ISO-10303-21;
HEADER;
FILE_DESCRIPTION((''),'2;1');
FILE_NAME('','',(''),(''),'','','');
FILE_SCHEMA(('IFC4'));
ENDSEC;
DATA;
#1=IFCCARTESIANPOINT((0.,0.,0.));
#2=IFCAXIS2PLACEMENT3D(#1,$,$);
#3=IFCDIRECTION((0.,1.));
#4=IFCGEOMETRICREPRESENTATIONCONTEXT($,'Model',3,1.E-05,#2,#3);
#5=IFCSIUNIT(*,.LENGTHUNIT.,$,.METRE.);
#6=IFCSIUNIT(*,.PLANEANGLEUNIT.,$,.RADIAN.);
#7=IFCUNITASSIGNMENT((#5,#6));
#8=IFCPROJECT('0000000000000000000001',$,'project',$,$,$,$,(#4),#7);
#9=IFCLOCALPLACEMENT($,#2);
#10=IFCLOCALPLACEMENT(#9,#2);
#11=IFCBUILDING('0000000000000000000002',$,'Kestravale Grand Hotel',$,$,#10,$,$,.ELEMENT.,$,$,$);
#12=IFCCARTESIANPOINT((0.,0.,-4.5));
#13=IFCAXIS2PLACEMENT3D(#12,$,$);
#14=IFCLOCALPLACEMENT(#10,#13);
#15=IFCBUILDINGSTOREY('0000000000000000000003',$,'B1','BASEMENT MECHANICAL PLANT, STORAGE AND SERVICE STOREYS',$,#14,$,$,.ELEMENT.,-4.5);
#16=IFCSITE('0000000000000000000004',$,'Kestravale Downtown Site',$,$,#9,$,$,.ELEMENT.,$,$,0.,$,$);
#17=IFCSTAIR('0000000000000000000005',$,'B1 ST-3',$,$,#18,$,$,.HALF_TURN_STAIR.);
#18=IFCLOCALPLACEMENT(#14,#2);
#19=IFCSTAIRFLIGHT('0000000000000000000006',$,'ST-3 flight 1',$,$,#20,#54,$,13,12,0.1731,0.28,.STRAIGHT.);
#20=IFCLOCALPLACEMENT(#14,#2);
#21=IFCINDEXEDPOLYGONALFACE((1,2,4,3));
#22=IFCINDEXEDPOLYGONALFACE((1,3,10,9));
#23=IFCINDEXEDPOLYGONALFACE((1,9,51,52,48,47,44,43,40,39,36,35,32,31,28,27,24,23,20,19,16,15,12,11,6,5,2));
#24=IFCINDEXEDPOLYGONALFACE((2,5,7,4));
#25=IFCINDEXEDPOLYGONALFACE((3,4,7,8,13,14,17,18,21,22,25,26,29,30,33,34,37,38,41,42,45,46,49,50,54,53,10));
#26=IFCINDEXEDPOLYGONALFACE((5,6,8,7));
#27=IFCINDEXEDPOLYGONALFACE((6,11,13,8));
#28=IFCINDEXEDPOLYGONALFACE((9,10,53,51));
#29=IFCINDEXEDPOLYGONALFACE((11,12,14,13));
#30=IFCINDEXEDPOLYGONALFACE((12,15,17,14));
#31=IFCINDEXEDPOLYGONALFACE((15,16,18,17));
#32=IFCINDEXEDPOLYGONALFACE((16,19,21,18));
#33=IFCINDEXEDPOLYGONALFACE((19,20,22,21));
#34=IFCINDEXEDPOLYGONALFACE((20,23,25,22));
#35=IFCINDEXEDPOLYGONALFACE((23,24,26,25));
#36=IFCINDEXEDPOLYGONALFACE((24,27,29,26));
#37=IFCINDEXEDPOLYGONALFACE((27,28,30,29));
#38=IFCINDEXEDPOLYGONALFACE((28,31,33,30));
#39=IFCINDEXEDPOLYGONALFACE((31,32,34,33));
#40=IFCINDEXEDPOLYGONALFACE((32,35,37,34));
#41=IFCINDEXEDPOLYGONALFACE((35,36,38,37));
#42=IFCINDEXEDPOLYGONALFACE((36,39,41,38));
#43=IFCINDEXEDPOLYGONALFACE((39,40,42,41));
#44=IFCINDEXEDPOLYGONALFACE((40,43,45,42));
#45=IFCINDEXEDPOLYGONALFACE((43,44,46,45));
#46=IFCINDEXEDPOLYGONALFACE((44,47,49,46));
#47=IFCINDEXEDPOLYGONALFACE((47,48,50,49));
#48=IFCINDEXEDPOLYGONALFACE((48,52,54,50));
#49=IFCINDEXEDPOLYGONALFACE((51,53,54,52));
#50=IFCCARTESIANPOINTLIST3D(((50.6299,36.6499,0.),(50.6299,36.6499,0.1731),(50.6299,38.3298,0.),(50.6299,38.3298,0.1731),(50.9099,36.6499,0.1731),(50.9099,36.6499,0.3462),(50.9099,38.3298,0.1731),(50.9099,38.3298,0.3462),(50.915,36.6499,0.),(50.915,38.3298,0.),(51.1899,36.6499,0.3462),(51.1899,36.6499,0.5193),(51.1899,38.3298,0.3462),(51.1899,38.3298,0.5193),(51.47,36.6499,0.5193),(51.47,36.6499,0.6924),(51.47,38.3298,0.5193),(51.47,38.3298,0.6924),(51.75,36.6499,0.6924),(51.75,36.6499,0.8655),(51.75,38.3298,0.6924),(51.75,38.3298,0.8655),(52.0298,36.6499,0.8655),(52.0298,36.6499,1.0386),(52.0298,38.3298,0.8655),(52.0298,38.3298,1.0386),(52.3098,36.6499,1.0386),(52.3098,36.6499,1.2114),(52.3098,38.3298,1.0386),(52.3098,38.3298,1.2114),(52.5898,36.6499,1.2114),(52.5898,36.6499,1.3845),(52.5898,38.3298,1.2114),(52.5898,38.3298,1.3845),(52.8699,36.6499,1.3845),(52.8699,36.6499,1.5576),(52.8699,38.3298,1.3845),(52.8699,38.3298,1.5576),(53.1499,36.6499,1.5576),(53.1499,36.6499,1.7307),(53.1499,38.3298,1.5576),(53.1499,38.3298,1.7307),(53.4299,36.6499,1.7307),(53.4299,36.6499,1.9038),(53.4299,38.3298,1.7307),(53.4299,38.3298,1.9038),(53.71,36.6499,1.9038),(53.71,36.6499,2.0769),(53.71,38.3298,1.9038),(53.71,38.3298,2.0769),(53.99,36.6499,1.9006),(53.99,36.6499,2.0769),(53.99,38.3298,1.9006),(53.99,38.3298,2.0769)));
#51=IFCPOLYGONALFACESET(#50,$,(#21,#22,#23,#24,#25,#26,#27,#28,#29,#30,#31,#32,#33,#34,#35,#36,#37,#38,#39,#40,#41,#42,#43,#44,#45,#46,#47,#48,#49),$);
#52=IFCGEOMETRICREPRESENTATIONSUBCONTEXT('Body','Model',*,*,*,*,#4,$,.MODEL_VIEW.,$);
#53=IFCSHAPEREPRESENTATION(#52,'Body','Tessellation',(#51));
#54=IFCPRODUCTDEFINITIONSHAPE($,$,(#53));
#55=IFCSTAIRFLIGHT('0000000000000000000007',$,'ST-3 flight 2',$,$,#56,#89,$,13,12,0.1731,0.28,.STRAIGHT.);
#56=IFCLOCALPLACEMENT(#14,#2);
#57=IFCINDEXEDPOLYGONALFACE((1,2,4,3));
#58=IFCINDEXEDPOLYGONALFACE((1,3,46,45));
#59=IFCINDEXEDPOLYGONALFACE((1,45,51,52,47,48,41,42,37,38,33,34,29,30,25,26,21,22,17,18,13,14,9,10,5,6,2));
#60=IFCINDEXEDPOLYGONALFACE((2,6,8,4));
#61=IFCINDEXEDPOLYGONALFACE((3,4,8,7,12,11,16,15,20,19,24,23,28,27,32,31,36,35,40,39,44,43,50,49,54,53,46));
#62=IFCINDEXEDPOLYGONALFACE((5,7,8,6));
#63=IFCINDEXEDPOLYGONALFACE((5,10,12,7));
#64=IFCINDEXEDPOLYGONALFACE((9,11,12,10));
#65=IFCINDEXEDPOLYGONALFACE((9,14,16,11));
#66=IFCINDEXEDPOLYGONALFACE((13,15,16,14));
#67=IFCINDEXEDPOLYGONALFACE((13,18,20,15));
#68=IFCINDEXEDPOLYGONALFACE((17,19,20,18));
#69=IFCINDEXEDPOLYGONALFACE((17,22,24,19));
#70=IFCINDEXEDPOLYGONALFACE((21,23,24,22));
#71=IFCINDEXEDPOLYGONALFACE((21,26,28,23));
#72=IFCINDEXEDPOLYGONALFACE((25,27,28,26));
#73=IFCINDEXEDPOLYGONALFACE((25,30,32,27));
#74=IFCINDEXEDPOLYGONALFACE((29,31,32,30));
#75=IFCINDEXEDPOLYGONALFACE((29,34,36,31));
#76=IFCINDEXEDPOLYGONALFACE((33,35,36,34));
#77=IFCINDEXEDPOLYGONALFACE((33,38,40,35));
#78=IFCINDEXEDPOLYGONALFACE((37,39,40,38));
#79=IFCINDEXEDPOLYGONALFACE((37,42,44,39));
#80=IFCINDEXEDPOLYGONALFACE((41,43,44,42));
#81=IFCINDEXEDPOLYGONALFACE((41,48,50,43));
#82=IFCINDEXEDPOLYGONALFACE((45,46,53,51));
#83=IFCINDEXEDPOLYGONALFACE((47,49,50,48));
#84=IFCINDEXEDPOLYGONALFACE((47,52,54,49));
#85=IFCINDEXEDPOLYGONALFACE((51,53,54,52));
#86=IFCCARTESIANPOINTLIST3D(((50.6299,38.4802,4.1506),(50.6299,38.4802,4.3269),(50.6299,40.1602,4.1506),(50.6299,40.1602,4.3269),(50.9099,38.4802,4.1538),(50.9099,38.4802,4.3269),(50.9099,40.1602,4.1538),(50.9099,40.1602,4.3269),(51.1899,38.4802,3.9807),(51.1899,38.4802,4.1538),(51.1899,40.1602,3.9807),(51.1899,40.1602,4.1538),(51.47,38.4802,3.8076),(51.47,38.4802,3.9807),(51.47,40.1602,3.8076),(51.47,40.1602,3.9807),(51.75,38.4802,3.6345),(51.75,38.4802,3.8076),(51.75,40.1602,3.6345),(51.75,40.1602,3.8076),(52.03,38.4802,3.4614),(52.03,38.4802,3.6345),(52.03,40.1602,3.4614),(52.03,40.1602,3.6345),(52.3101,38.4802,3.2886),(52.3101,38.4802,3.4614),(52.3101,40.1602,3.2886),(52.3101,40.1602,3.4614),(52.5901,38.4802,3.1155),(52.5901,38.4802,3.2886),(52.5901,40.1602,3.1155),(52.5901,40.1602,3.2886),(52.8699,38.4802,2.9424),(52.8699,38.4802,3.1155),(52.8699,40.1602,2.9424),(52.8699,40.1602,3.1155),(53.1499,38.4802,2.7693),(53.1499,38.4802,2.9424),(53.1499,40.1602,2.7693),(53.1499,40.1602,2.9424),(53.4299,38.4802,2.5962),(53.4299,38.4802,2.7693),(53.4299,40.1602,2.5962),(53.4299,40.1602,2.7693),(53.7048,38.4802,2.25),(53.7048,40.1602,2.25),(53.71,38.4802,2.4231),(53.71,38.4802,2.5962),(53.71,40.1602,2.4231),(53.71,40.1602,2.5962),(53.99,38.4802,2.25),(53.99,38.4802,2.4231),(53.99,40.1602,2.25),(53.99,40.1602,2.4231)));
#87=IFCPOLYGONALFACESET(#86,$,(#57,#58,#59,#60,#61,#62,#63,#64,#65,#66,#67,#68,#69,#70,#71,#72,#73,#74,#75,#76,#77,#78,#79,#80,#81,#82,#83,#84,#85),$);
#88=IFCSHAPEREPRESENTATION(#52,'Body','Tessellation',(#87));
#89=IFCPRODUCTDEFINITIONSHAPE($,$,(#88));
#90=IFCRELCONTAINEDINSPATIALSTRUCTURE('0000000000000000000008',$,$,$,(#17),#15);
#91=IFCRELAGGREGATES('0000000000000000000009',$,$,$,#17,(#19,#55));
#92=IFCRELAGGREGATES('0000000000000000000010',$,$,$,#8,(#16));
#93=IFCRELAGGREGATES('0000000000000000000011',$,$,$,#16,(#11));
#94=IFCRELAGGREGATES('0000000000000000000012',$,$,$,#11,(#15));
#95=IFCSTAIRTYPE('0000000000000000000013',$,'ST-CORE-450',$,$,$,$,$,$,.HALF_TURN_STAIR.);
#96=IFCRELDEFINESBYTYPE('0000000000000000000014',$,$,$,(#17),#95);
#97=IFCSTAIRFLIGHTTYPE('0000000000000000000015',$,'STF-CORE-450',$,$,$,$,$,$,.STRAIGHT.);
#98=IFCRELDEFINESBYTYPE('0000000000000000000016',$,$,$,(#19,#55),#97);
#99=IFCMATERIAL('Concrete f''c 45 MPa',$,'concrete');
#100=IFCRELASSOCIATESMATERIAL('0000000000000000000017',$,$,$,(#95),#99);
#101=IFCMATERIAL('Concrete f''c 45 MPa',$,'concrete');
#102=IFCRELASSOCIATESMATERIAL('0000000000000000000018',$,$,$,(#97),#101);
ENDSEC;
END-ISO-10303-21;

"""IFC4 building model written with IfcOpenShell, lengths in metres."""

from ifc_helpers import new_model, si_unit, direction, frame, origin, place, context, subcontext, project, spatial, polyline, outline, extrude, material, type_object, element, aggregate, save


model = new_model("IFC4")

# Units and contexts
model_context = context("Model", 3, precision=1e-05, world=origin(), true_north=direction((0.0, 1.0)))
body_context = subcontext(model_context, "Body", "Model", "MODEL_VIEW")
ifc_project = project(units=[si_unit("LENGTHUNIT", "METRE"), si_unit("PLANEANGLEUNIT", "RADIAN")], contexts=[model_context])

# Site, building, storey
site_placement = place(None, origin())
site = spatial("IfcSite", under=ifc_project, at=site_placement, Name="Kestravale Downtown Site", CompositionType="ELEMENT", RefElevation=0.0)
building_placement = place(site_placement, origin())
building = spatial("IfcBuilding", under=site, at=building_placement, Name="Kestravale Grand Hotel", CompositionType="ELEMENT")
storey_placement = place(building_placement, frame((0.0, 0.0, -4.5)))
storey = spatial("IfcBuildingStorey", under=building, at=storey_placement, Name="B1", Description="BASEMENT MECHANICAL PLANT, STORAGE AND SERVICE STOREYS", CompositionType="ELEMENT", Elevation=-4.5)

# Stair, stair flights
ifc_material_1 = material(Name="Concrete f'c 45 MPa", Category="concrete")
stair_type = type_object("IfcStairType", Name="ST-CORE-450", PredefinedType="HALF_TURN_STAIR", material=ifc_material_1)
ifc_material_2 = material(Name="Concrete f'c 45 MPa", Category="concrete")
stair_flight_type = type_object("IfcStairFlightType", Name="STF-CORE-450", PredefinedType="STRAIGHT", material=ifc_material_2)
stair_1_placement = place(storey_placement, origin())
stair_1 = element("IfcStair", 1, at=stair_1_placement, inside=storey, type_object=stair_type, Name="B1 ST-3", PredefinedType="HALF_TURN_STAIR")
stair_flight_1_placement = place(storey_placement, frame((50.6299, 37.49, 0.0), z_axis=(0.0, 0.0, 1.0), x_axis=(1.0, 0.0, 0.0)))
stair_flight_1 = element("IfcStairFlight", 2, at=stair_flight_1_placement, type_object=stair_flight_type, Name="ST-3 flight 1", NumberOfRisers=13, NumberOfTreads=12, PredefinedType="STRAIGHT", RiserHeight=0.1731, TreadLength=0.28, context=body_context, shape_type="SweptSolid", body=[
    extrude(outline(polyline([(0.0, 0.0), (0.0, 0.1731), (0.28, 0.1731), (0.28, 0.3462), (0.5601, 0.3462), (0.5601, 0.5193), (0.8401, 0.5193), (0.8401, 0.6924), (1.1201, 0.6924), (1.1201, 0.8655), (1.3999, 0.8655), (1.3999, 1.0386), (1.6799, 1.0386), (1.6799, 1.2114), (1.96, 1.2114), (1.96, 1.3845), (2.24, 1.3845), (2.24, 1.5576), (2.52, 1.5576), (2.52, 1.7307), (2.8, 1.7307), (2.8, 1.9038), (3.0801, 1.9038), (3.0801, 2.0769), (3.3601, 2.0769), (3.3601, 2.25), (3.3601, 1.9006), (0.2852, 0.0), (0.0, 0.0)])), frame((0.0, 0.8398, 0.0), z_axis=(0.0, -1.0, 0.0), x_axis=(1.0, 0.0, 0.0)), (0.0, 0.0, 1.0), 1.6799),
])
stair_flight_2_placement = place(storey_placement, frame((53.99, 39.3201, 2.25), z_axis=(0.0, 0.0, 1.0), x_axis=(-1.0, 0.0, 0.0)))
stair_flight_2 = element("IfcStairFlight", 3, at=stair_flight_2_placement, type_object=stair_flight_type, Name="ST-3 flight 2", NumberOfRisers=13, NumberOfTreads=12, PredefinedType="STRAIGHT", RiserHeight=0.1731, TreadLength=0.28, context=body_context, shape_type="SweptSolid", body=[
    extrude(outline(polyline([(0.0, 0.0), (0.0, 0.1731), (0.28, 0.1731), (0.28, 0.3462), (0.5601, 0.3462), (0.5601, 0.5193), (0.8401, 0.5193), (0.8401, 0.6924), (1.1201, 0.6924), (1.1201, 0.8655), (1.3999, 0.8655), (1.3999, 1.0386), (1.6799, 1.0386), (1.6799, 1.2114), (1.96, 1.2114), (1.96, 1.3845), (2.24, 1.3845), (2.24, 1.5576), (2.52, 1.5576), (2.52, 1.7307), (2.8, 1.7307), (2.8, 1.9038), (3.0801, 1.9038), (3.0801, 2.0769), (3.3601, 2.0769), (3.3601, 2.25), (3.3601, 1.9006), (0.2852, 0.0), (0.0, 0.0)])), frame((0.0, 0.8398, 0.0), z_axis=(0.0, -1.0, 0.0), x_axis=(1.0, 0.0, 0.0)), (0.0, 0.0, 1.0), 1.6799),
])
aggregate(stair_1, [stair_flight_1, stair_flight_2])

save(model, "model.ifc")
